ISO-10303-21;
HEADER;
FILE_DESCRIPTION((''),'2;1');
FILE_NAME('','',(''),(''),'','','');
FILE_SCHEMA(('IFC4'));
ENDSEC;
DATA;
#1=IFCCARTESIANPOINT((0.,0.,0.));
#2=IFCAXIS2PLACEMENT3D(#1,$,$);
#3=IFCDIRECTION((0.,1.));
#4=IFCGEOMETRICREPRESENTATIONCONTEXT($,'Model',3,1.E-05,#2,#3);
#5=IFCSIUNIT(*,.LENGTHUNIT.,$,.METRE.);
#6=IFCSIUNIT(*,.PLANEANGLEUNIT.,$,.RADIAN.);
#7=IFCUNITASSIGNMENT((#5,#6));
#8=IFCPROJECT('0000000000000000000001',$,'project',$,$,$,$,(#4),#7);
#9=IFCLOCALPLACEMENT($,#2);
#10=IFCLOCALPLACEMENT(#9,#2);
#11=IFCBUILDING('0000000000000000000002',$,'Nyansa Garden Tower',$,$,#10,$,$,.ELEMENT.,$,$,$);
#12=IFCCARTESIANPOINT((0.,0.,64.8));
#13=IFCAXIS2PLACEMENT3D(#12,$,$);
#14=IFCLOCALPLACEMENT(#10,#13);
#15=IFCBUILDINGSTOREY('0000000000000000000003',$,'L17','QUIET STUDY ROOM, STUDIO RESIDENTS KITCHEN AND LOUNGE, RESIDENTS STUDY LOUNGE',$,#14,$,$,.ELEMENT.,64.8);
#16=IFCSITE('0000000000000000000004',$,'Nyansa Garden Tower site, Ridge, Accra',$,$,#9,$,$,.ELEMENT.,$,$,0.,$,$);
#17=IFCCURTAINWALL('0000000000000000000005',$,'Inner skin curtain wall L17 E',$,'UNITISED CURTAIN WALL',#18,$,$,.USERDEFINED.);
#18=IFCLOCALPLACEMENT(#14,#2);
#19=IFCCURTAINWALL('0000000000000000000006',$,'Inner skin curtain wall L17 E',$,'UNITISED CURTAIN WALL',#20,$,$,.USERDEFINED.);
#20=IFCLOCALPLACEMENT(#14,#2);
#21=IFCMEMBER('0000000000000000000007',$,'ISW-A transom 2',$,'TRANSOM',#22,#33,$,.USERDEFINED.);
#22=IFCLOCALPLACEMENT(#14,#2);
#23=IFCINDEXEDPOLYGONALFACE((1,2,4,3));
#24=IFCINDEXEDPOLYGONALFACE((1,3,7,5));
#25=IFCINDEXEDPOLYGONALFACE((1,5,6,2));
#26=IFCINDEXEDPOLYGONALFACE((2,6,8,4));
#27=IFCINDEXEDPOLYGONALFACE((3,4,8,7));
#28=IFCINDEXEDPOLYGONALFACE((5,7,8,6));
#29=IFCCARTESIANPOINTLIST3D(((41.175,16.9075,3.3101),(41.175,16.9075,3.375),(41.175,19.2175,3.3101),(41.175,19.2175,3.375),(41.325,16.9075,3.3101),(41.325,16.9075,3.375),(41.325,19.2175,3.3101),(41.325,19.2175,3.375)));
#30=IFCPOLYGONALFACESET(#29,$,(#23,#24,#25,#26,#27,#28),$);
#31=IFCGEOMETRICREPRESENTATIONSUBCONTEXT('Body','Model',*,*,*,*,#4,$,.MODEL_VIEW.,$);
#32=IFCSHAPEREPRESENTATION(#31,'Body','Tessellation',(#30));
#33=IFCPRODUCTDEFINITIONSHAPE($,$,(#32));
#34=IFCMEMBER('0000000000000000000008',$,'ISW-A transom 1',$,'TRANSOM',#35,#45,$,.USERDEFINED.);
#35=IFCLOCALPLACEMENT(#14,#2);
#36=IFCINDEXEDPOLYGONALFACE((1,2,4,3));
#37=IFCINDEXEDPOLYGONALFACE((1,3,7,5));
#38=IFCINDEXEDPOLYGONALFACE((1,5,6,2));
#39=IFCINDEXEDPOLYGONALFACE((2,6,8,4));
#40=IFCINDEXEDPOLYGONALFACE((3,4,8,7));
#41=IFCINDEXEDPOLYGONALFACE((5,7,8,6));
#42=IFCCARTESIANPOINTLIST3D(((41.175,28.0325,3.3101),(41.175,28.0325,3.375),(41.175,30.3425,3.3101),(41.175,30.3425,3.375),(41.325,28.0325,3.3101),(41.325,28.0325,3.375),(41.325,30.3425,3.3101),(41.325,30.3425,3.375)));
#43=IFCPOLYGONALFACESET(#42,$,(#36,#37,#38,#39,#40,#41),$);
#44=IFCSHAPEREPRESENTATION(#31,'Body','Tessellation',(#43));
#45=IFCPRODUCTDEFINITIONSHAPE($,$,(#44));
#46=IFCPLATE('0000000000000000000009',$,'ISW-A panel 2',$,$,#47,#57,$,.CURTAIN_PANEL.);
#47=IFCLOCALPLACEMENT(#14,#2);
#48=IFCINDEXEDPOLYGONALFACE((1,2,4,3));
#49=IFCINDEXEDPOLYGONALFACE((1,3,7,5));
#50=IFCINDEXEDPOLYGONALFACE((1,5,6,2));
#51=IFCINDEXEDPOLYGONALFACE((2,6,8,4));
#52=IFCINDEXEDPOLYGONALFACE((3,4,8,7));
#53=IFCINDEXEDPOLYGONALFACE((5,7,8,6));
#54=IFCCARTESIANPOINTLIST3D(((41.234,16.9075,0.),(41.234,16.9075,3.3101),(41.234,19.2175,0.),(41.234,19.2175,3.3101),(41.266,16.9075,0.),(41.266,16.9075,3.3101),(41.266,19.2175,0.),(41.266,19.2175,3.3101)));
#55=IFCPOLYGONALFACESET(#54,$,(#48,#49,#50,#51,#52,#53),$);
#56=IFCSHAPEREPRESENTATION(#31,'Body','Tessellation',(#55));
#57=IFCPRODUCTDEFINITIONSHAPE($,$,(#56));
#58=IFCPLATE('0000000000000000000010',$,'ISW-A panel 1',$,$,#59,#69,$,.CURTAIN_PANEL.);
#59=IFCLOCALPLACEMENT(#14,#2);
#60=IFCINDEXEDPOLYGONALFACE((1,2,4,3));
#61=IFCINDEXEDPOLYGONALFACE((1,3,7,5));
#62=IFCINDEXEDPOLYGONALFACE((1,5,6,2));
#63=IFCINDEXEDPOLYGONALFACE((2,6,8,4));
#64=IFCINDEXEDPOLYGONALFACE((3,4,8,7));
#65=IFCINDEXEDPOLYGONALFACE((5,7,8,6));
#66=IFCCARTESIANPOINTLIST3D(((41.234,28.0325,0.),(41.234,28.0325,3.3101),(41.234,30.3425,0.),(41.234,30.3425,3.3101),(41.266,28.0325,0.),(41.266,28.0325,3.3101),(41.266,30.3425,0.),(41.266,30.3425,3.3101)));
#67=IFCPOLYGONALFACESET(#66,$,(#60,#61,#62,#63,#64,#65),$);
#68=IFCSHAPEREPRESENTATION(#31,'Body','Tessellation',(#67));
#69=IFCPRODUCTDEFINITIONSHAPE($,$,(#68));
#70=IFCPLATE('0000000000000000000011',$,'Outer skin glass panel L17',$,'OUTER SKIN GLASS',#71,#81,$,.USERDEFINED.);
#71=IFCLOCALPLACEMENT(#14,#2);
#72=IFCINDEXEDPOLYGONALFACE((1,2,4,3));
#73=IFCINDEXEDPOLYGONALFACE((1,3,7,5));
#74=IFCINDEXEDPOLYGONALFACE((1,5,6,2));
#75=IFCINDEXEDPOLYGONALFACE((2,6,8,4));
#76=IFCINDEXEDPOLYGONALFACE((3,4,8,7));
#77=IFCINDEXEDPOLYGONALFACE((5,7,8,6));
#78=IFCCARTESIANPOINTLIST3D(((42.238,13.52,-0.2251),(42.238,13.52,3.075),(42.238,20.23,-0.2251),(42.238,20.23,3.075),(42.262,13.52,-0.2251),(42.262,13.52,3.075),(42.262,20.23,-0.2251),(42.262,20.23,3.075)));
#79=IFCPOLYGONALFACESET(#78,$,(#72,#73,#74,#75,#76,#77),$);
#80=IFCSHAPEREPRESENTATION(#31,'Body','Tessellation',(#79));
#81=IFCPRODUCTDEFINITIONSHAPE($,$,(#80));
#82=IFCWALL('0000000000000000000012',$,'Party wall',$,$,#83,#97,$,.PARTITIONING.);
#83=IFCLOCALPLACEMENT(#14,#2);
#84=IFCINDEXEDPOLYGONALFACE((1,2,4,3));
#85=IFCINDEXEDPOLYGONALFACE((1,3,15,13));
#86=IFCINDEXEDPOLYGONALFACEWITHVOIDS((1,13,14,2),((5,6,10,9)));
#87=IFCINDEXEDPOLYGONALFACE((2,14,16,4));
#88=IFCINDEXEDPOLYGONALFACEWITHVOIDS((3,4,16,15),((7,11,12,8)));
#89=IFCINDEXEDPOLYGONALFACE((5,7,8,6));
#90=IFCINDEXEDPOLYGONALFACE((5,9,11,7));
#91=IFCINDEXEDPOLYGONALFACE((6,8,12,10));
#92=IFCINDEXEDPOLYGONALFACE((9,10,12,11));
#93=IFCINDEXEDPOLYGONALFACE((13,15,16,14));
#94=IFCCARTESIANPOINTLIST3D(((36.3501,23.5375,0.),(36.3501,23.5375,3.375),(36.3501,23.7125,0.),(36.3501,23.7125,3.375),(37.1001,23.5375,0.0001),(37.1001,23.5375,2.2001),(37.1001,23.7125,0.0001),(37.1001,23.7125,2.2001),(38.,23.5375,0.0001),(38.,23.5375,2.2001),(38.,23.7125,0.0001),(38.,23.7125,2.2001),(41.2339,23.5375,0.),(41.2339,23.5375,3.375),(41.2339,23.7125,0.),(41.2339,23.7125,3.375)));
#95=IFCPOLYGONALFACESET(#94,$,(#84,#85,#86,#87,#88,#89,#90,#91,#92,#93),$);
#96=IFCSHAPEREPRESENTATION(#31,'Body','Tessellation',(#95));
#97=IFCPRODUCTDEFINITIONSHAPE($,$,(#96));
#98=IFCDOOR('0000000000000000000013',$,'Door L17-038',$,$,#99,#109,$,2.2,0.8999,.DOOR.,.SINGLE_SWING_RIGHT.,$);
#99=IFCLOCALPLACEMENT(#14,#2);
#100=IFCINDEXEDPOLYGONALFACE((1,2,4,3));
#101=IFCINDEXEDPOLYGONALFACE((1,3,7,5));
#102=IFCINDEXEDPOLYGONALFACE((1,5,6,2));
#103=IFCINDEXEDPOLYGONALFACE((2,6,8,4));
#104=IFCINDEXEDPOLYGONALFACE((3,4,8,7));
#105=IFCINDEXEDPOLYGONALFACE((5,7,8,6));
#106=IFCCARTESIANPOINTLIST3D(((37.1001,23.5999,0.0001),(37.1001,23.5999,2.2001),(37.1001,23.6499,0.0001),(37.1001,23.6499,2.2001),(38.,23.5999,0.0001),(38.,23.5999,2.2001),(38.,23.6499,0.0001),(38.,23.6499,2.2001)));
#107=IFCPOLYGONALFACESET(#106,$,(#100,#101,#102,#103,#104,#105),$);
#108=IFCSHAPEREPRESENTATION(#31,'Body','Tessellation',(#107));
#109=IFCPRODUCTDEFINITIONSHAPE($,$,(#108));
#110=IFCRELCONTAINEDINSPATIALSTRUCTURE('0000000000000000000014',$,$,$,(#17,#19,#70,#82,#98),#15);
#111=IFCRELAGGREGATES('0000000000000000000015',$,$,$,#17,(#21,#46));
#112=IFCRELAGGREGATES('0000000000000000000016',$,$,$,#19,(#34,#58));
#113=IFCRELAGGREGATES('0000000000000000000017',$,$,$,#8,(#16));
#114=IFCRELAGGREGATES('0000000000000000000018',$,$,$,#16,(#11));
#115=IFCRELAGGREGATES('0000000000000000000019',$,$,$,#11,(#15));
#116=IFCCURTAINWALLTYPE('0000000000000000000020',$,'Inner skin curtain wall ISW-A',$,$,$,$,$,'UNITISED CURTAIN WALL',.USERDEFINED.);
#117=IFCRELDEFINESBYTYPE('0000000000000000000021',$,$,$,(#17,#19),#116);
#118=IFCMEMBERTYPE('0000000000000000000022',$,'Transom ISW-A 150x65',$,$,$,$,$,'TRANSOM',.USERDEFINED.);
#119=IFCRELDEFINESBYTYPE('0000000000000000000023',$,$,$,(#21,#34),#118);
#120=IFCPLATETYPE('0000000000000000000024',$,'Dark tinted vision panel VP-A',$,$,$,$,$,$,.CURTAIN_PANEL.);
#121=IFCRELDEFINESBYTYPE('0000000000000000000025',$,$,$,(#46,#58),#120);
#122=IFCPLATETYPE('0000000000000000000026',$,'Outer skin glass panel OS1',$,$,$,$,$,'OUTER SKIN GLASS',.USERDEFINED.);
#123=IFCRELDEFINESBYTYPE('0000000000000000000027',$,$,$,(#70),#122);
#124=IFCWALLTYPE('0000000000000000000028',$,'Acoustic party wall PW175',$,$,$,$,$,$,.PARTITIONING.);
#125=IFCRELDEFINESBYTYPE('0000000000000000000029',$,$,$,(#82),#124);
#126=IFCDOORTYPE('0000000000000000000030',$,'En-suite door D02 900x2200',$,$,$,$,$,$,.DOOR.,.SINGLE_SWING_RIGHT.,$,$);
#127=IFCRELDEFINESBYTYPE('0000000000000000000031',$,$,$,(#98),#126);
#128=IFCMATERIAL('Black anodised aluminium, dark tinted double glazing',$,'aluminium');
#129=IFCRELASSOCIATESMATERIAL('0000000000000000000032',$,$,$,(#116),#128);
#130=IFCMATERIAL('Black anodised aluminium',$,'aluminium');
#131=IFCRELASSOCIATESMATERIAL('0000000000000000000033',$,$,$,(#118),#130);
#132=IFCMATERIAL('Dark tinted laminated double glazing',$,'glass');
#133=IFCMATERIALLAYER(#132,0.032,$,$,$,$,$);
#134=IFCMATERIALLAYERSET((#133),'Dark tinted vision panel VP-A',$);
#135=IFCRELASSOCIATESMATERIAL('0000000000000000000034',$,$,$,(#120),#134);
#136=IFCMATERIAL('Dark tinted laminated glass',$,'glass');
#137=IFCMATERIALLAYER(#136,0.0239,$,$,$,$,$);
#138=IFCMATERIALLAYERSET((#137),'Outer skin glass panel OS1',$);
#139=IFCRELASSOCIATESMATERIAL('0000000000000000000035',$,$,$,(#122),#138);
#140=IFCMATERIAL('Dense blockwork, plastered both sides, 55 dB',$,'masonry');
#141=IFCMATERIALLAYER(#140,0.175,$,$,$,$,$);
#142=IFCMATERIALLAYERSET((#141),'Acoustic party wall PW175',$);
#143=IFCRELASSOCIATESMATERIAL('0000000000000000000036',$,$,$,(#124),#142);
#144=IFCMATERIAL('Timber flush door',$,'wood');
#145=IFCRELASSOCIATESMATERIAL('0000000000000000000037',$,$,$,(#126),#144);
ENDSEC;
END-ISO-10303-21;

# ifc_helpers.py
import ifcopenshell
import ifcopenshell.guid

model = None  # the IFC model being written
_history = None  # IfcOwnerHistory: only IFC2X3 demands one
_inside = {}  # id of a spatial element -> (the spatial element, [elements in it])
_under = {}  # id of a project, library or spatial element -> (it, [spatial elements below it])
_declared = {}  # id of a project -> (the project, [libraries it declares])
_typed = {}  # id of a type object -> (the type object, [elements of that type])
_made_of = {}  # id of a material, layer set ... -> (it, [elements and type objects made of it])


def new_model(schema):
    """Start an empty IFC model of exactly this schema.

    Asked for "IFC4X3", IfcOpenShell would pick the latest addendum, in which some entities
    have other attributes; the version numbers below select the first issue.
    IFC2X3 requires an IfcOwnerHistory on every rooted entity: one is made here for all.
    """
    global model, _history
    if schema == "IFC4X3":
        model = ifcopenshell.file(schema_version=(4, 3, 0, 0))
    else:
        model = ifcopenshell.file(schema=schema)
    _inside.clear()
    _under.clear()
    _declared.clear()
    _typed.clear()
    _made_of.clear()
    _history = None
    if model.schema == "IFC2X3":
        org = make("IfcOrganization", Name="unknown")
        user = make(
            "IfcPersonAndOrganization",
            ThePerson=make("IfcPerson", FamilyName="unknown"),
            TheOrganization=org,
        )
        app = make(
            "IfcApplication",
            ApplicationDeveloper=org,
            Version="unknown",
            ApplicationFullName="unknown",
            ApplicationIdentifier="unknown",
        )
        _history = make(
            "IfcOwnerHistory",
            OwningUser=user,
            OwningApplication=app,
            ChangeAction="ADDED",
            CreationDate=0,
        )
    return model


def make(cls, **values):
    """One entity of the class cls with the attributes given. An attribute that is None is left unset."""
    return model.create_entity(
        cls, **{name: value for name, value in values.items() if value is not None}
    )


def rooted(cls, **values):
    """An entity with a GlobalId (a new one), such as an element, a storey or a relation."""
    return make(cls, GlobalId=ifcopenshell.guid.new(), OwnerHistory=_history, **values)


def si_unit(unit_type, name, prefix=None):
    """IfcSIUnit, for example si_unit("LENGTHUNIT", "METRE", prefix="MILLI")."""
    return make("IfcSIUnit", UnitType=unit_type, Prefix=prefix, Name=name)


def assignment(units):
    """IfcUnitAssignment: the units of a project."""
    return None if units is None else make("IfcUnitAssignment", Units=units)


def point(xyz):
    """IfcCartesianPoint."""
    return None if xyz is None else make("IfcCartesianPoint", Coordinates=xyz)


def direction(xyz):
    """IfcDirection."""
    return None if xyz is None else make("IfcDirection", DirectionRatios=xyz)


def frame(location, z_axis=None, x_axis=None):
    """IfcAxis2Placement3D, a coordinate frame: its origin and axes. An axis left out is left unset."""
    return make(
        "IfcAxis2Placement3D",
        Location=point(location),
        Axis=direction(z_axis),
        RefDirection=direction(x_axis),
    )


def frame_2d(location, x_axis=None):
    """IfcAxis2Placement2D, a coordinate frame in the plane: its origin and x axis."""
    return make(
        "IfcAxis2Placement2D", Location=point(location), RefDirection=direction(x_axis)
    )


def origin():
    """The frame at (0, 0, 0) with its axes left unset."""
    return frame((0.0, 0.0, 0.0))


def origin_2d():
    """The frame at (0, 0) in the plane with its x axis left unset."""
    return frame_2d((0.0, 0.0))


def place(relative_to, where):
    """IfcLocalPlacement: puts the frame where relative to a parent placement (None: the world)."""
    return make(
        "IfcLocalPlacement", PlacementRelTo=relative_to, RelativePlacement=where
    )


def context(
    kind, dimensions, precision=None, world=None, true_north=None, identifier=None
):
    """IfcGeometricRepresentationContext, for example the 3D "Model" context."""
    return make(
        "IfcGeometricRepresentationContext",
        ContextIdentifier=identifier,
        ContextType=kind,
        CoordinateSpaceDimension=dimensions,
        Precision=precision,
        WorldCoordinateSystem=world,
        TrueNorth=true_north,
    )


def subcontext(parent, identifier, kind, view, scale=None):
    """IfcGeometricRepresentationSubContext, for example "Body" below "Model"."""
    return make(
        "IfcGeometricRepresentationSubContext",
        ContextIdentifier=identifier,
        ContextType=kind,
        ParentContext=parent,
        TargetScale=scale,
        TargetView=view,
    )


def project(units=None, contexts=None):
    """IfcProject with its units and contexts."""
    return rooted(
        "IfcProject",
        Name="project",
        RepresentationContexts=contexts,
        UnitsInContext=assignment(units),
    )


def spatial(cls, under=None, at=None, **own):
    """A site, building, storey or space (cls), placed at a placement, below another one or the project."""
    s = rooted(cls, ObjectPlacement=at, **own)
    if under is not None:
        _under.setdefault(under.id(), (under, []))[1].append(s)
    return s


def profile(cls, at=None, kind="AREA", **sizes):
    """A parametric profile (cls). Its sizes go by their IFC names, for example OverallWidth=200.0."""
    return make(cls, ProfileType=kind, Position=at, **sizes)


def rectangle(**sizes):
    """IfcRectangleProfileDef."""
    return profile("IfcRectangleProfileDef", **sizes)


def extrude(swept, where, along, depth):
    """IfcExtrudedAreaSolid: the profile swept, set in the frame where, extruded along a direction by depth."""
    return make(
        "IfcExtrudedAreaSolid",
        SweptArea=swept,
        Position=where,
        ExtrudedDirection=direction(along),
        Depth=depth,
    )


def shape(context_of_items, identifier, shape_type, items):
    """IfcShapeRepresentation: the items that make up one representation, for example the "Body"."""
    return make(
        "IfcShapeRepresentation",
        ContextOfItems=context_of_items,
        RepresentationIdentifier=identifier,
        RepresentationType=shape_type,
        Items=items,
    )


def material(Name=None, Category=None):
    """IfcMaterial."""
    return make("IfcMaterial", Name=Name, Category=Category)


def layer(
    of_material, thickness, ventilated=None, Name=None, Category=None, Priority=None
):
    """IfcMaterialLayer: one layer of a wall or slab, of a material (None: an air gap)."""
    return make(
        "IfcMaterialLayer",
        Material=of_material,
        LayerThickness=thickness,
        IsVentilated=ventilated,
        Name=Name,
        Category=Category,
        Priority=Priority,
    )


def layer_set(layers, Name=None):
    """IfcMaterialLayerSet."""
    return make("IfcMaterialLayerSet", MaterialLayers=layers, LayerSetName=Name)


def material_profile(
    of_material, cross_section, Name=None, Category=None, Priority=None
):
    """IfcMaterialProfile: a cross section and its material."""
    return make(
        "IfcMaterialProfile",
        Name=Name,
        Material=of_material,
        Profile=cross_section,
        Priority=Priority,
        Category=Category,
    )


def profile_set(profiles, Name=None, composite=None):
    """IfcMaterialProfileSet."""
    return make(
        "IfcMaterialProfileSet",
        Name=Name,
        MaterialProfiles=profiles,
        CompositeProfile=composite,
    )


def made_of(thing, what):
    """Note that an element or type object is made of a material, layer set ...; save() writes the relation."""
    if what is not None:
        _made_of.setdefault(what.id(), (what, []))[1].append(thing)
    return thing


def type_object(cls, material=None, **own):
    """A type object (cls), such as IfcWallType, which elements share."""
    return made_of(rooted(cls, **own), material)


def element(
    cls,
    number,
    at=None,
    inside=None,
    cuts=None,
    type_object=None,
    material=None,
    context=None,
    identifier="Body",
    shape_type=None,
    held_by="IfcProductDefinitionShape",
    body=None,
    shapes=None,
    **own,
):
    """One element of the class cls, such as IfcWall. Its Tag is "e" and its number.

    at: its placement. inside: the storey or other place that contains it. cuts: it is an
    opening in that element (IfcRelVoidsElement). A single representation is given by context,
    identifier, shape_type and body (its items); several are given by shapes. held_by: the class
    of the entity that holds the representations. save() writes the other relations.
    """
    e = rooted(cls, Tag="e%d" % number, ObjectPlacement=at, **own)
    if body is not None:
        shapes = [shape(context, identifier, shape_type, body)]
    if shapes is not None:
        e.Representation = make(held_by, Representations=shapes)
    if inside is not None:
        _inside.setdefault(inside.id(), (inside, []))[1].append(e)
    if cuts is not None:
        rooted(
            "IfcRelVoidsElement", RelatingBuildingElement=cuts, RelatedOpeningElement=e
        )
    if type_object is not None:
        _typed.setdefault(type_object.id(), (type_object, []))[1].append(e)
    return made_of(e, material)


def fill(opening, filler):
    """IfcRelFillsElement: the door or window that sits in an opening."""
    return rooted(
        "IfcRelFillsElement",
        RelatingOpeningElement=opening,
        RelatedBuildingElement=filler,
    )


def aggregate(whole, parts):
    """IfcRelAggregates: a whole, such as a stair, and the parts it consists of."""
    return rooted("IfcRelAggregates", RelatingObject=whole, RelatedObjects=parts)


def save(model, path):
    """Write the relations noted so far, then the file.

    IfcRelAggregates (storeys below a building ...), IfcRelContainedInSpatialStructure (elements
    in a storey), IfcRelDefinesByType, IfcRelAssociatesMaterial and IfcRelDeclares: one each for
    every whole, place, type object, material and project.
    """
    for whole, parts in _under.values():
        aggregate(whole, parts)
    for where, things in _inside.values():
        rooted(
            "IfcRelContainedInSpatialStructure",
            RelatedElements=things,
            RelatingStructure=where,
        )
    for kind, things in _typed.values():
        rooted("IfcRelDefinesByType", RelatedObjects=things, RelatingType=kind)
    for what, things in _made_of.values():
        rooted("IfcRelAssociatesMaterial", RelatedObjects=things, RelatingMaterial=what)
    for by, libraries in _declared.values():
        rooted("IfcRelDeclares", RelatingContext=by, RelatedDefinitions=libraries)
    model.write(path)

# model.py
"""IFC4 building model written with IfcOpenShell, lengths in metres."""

from ifc_helpers import new_model, si_unit, direction, frame, frame_2d, origin, origin_2d, place, context, subcontext, project, spatial, rectangle, extrude, material, layer, layer_set, material_profile, profile_set, type_object, element, fill, aggregate, save


model = new_model("IFC4")

# Units and contexts
model_context = context("Model", 3, precision=1e-05, world=origin(), true_north=direction((0.0, 1.0)))
body_context = subcontext(model_context, "Body", "Model", "MODEL_VIEW")
ifc_project = project(units=[si_unit("LENGTHUNIT", "METRE"), si_unit("PLANEANGLEUNIT", "RADIAN")], contexts=[model_context])

# Site, building, storey
site_placement = place(None, origin())
site = spatial("IfcSite", under=ifc_project, at=site_placement, Name="Nyansa Garden Tower site, Ridge, Accra", CompositionType="ELEMENT", RefElevation=0.0)
building_placement = place(site_placement, origin())
building = spatial("IfcBuilding", under=site, at=building_placement, Name="Nyansa Garden Tower", CompositionType="ELEMENT")
storey_placement = place(building_placement, frame((0.0, 0.0, 64.8)))
storey = spatial("IfcBuildingStorey", under=building, at=storey_placement, Name="L17", Description="QUIET STUDY ROOM, STUDIO RESIDENTS KITCHEN AND LOUNGE, RESIDENTS STUDY LOUNGE", CompositionType="ELEMENT", Elevation=64.8)

# Curtain walls
ifc_material_1 = material(Name="Black anodised aluminium, dark tinted double glazing", Category="aluminium")
curtain_wall_type = type_object("IfcCurtainWallType", Name="Inner skin curtain wall ISW-A", ElementType="UNITISED CURTAIN WALL", PredefinedType="USERDEFINED", material=ifc_material_1)
curtain_wall_1_placement = place(storey_placement, origin())
curtain_wall_1 = element("IfcCurtainWall", 1, at=curtain_wall_1_placement, inside=storey, type_object=curtain_wall_type, Name="Inner skin curtain wall L17 E", ObjectType="UNITISED CURTAIN WALL", PredefinedType="USERDEFINED")
curtain_wall_2_placement = place(storey_placement, origin())
curtain_wall_2 = element("IfcCurtainWall", 2, at=curtain_wall_2_placement, inside=storey, type_object=curtain_wall_type, Name="Inner skin curtain wall L17 E", ObjectType="UNITISED CURTAIN WALL", PredefinedType="USERDEFINED")

# Members
ifc_material_2 = material(Name="Black anodised aluminium", Category="aluminium")
ifc_material_profile_1 = material_profile(ifc_material_2, rectangle(XDim=0.1499, YDim=0.0649, at=origin_2d()), Name="Transom 150x65")
ifc_profile_set_1 = profile_set([ifc_material_profile_1], Name="Black anodised aluminium")
member_type_1 = type_object("IfcMemberType", Name="Transom ISW-A 150x65", ElementType="TRANSOM", PredefinedType="USERDEFINED", material=ifc_profile_set_1)
member_1_placement = place(storey_placement, frame((41.25, 16.9075, 3.3425), z_axis=(0.0, 1.0, 0.0), x_axis=(-1.0, 0.0, 0.0)))
member_1 = element("IfcMember", 3, at=member_1_placement, type_object=member_type_1, Name="ISW-A transom 2", ObjectType="TRANSOM", PredefinedType="USERDEFINED", context=body_context, shape_type="SweptSolid", body=[
    extrude(rectangle(XDim=0.1499, YDim=0.0649, at=origin_2d()), origin(), (0.0, 0.0, 1.0), 2.3101),
])
member_2_placement = place(storey_placement, frame((41.25, 28.0325, 3.3425), z_axis=(0.0, 1.0, 0.0), x_axis=(-1.0, 0.0, 0.0)))
member_2 = element("IfcMember", 4, at=member_2_placement, type_object=member_type_1, Name="ISW-A transom 1", ObjectType="TRANSOM", PredefinedType="USERDEFINED", context=body_context, shape_type="SweptSolid", body=[
    extrude(rectangle(XDim=0.1499, YDim=0.0649, at=origin_2d()), origin(), (0.0, 0.0, 1.0), 2.3101),
])

# Plates
ifc_material_3 = material(Name="Dark tinted laminated double glazing", Category="glass")
ifc_layer_1 = layer(ifc_material_3, 0.032)
ifc_layer_set_1 = layer_set([ifc_layer_1], Name="Dark tinted vision panel VP-A")
plate_type_1 = type_object("IfcPlateType", Name="Dark tinted vision panel VP-A", PredefinedType="CURTAIN_PANEL", material=ifc_layer_set_1)
plate_1_placement = place(storey_placement, frame((41.25, 18.0625, 0.0), z_axis=(0.0, 0.0, 1.0), x_axis=(0.0, 1.0, 0.0)))
plate_1 = element("IfcPlate", 5, at=plate_1_placement, type_object=plate_type_1, Name="ISW-A panel 2", PredefinedType="CURTAIN_PANEL", context=body_context, shape_type="SweptSolid", body=[
    extrude(rectangle(XDim=2.3101, YDim=0.032, at=origin_2d()), origin(), (0.0, 0.0, 1.0), 3.3101),
])
aggregate(curtain_wall_1, [member_1, plate_1])
plate_2_placement = place(storey_placement, frame((41.25, 29.1875, 0.0), z_axis=(0.0, 0.0, 1.0), x_axis=(0.0, 1.0, 0.0)))
plate_2 = element("IfcPlate", 6, at=plate_2_placement, type_object=plate_type_1, Name="ISW-A panel 1", PredefinedType="CURTAIN_PANEL", context=body_context, shape_type="SweptSolid", body=[
    extrude(rectangle(XDim=2.3101, YDim=0.032, at=origin_2d()), origin(), (0.0, 0.0, 1.0), 3.3101),
])
aggregate(curtain_wall_2, [member_2, plate_2])
ifc_material_4 = material(Name="Dark tinted laminated glass", Category="glass")
ifc_layer_2 = layer(ifc_material_4, 0.0239)
ifc_layer_set_2 = layer_set([ifc_layer_2], Name="Outer skin glass panel OS1")
plate_type_2 = type_object("IfcPlateType", Name="Outer skin glass panel OS1", ElementType="OUTER SKIN GLASS", PredefinedType="USERDEFINED", material=ifc_layer_set_2)
plate_3_placement = place(storey_placement, frame((42.25, 16.875, -0.2251), z_axis=(0.0, 0.0, 1.0), x_axis=(0.0, 1.0, 0.0)))
element("IfcPlate", 7, at=plate_3_placement, inside=storey, type_object=plate_type_2, Name="Outer skin glass panel L17", ObjectType="OUTER SKIN GLASS", PredefinedType="USERDEFINED", context=body_context, shape_type="SweptSolid", body=[
    extrude(rectangle(XDim=6.71, YDim=0.0239, at=origin_2d()), origin(), (0.0, 0.0, 1.0), 3.3),
])

# Wall, opening, door
ifc_material_5 = material(Name="Dense blockwork, plastered both sides, 55 dB", Category="masonry")
ifc_layer_3 = layer(ifc_material_5, 0.175)
ifc_layer_set_3 = layer_set([ifc_layer_3], Name="Acoustic party wall PW175")
wall_type_1 = type_object("IfcWallType", Name="Acoustic party wall PW175", PredefinedType="PARTITIONING", material=ifc_layer_set_3)
wall_1_placement = place(storey_placement, frame((36.3501, 23.625, 0.0), z_axis=(0.0, 0.0, 1.0), x_axis=(1.0, 0.0, 0.0)))
wall_1 = element("IfcWall", 8, at=wall_1_placement, inside=storey, type_object=wall_type_1, Name="Party wall", PredefinedType="PARTITIONING", context=body_context, shape_type="SweptSolid", body=[
    extrude(rectangle(XDim=4.8838, YDim=0.175, at=frame_2d((2.4419, 0.0))), origin(), (0.0, 0.0, 1.0), 3.375),
])
opening_1_placement = place(wall_1_placement, frame((0.75, 0.0, 0.0)))
opening_1 = element("IfcOpeningElement", 9, at=opening_1_placement, cuts=wall_1, PredefinedType="OPENING", context=body_context, shape_type="SweptSolid", body=[
    extrude(rectangle(XDim=0.8999, YDim=2.2, at=frame_2d((0.45, 1.1001))), frame((0.0, 0.0974, 0.0), z_axis=(0.0, -1.0, 0.0), x_axis=(1.0, 0.0, 0.0)), (0.0, 0.0, 1.0), 0.1951),
])
ifc_material_6 = material(Name="Timber flush door", Category="wood")
door_type_1 = type_object("IfcDoorType", Name="En-suite door D02 900x2200", OperationType="SINGLE_SWING_RIGHT", PredefinedType="DOOR", material=ifc_material_6)
door_1_placement = place(opening_1_placement, origin())
door_1 = element("IfcDoor", 10, at=door_1_placement, inside=storey, type_object=door_type_1, Name="Door L17-038", OperationType="SINGLE_SWING_RIGHT", OverallHeight=2.2, OverallWidth=0.8999, PredefinedType="DOOR", context=body_context, shape_type="SweptSolid", body=[
    extrude(rectangle(XDim=0.8999, YDim=2.2, at=frame_2d((0.45, 1.1001))), frame((0.0, 0.0249, 0.0), z_axis=(0.0, -1.0, 0.0), x_axis=(1.0, 0.0, 0.0)), (0.0, 0.0, 1.0), 0.05),
])
fill(opening_1, door_1)

save(model, "model.ifc")
